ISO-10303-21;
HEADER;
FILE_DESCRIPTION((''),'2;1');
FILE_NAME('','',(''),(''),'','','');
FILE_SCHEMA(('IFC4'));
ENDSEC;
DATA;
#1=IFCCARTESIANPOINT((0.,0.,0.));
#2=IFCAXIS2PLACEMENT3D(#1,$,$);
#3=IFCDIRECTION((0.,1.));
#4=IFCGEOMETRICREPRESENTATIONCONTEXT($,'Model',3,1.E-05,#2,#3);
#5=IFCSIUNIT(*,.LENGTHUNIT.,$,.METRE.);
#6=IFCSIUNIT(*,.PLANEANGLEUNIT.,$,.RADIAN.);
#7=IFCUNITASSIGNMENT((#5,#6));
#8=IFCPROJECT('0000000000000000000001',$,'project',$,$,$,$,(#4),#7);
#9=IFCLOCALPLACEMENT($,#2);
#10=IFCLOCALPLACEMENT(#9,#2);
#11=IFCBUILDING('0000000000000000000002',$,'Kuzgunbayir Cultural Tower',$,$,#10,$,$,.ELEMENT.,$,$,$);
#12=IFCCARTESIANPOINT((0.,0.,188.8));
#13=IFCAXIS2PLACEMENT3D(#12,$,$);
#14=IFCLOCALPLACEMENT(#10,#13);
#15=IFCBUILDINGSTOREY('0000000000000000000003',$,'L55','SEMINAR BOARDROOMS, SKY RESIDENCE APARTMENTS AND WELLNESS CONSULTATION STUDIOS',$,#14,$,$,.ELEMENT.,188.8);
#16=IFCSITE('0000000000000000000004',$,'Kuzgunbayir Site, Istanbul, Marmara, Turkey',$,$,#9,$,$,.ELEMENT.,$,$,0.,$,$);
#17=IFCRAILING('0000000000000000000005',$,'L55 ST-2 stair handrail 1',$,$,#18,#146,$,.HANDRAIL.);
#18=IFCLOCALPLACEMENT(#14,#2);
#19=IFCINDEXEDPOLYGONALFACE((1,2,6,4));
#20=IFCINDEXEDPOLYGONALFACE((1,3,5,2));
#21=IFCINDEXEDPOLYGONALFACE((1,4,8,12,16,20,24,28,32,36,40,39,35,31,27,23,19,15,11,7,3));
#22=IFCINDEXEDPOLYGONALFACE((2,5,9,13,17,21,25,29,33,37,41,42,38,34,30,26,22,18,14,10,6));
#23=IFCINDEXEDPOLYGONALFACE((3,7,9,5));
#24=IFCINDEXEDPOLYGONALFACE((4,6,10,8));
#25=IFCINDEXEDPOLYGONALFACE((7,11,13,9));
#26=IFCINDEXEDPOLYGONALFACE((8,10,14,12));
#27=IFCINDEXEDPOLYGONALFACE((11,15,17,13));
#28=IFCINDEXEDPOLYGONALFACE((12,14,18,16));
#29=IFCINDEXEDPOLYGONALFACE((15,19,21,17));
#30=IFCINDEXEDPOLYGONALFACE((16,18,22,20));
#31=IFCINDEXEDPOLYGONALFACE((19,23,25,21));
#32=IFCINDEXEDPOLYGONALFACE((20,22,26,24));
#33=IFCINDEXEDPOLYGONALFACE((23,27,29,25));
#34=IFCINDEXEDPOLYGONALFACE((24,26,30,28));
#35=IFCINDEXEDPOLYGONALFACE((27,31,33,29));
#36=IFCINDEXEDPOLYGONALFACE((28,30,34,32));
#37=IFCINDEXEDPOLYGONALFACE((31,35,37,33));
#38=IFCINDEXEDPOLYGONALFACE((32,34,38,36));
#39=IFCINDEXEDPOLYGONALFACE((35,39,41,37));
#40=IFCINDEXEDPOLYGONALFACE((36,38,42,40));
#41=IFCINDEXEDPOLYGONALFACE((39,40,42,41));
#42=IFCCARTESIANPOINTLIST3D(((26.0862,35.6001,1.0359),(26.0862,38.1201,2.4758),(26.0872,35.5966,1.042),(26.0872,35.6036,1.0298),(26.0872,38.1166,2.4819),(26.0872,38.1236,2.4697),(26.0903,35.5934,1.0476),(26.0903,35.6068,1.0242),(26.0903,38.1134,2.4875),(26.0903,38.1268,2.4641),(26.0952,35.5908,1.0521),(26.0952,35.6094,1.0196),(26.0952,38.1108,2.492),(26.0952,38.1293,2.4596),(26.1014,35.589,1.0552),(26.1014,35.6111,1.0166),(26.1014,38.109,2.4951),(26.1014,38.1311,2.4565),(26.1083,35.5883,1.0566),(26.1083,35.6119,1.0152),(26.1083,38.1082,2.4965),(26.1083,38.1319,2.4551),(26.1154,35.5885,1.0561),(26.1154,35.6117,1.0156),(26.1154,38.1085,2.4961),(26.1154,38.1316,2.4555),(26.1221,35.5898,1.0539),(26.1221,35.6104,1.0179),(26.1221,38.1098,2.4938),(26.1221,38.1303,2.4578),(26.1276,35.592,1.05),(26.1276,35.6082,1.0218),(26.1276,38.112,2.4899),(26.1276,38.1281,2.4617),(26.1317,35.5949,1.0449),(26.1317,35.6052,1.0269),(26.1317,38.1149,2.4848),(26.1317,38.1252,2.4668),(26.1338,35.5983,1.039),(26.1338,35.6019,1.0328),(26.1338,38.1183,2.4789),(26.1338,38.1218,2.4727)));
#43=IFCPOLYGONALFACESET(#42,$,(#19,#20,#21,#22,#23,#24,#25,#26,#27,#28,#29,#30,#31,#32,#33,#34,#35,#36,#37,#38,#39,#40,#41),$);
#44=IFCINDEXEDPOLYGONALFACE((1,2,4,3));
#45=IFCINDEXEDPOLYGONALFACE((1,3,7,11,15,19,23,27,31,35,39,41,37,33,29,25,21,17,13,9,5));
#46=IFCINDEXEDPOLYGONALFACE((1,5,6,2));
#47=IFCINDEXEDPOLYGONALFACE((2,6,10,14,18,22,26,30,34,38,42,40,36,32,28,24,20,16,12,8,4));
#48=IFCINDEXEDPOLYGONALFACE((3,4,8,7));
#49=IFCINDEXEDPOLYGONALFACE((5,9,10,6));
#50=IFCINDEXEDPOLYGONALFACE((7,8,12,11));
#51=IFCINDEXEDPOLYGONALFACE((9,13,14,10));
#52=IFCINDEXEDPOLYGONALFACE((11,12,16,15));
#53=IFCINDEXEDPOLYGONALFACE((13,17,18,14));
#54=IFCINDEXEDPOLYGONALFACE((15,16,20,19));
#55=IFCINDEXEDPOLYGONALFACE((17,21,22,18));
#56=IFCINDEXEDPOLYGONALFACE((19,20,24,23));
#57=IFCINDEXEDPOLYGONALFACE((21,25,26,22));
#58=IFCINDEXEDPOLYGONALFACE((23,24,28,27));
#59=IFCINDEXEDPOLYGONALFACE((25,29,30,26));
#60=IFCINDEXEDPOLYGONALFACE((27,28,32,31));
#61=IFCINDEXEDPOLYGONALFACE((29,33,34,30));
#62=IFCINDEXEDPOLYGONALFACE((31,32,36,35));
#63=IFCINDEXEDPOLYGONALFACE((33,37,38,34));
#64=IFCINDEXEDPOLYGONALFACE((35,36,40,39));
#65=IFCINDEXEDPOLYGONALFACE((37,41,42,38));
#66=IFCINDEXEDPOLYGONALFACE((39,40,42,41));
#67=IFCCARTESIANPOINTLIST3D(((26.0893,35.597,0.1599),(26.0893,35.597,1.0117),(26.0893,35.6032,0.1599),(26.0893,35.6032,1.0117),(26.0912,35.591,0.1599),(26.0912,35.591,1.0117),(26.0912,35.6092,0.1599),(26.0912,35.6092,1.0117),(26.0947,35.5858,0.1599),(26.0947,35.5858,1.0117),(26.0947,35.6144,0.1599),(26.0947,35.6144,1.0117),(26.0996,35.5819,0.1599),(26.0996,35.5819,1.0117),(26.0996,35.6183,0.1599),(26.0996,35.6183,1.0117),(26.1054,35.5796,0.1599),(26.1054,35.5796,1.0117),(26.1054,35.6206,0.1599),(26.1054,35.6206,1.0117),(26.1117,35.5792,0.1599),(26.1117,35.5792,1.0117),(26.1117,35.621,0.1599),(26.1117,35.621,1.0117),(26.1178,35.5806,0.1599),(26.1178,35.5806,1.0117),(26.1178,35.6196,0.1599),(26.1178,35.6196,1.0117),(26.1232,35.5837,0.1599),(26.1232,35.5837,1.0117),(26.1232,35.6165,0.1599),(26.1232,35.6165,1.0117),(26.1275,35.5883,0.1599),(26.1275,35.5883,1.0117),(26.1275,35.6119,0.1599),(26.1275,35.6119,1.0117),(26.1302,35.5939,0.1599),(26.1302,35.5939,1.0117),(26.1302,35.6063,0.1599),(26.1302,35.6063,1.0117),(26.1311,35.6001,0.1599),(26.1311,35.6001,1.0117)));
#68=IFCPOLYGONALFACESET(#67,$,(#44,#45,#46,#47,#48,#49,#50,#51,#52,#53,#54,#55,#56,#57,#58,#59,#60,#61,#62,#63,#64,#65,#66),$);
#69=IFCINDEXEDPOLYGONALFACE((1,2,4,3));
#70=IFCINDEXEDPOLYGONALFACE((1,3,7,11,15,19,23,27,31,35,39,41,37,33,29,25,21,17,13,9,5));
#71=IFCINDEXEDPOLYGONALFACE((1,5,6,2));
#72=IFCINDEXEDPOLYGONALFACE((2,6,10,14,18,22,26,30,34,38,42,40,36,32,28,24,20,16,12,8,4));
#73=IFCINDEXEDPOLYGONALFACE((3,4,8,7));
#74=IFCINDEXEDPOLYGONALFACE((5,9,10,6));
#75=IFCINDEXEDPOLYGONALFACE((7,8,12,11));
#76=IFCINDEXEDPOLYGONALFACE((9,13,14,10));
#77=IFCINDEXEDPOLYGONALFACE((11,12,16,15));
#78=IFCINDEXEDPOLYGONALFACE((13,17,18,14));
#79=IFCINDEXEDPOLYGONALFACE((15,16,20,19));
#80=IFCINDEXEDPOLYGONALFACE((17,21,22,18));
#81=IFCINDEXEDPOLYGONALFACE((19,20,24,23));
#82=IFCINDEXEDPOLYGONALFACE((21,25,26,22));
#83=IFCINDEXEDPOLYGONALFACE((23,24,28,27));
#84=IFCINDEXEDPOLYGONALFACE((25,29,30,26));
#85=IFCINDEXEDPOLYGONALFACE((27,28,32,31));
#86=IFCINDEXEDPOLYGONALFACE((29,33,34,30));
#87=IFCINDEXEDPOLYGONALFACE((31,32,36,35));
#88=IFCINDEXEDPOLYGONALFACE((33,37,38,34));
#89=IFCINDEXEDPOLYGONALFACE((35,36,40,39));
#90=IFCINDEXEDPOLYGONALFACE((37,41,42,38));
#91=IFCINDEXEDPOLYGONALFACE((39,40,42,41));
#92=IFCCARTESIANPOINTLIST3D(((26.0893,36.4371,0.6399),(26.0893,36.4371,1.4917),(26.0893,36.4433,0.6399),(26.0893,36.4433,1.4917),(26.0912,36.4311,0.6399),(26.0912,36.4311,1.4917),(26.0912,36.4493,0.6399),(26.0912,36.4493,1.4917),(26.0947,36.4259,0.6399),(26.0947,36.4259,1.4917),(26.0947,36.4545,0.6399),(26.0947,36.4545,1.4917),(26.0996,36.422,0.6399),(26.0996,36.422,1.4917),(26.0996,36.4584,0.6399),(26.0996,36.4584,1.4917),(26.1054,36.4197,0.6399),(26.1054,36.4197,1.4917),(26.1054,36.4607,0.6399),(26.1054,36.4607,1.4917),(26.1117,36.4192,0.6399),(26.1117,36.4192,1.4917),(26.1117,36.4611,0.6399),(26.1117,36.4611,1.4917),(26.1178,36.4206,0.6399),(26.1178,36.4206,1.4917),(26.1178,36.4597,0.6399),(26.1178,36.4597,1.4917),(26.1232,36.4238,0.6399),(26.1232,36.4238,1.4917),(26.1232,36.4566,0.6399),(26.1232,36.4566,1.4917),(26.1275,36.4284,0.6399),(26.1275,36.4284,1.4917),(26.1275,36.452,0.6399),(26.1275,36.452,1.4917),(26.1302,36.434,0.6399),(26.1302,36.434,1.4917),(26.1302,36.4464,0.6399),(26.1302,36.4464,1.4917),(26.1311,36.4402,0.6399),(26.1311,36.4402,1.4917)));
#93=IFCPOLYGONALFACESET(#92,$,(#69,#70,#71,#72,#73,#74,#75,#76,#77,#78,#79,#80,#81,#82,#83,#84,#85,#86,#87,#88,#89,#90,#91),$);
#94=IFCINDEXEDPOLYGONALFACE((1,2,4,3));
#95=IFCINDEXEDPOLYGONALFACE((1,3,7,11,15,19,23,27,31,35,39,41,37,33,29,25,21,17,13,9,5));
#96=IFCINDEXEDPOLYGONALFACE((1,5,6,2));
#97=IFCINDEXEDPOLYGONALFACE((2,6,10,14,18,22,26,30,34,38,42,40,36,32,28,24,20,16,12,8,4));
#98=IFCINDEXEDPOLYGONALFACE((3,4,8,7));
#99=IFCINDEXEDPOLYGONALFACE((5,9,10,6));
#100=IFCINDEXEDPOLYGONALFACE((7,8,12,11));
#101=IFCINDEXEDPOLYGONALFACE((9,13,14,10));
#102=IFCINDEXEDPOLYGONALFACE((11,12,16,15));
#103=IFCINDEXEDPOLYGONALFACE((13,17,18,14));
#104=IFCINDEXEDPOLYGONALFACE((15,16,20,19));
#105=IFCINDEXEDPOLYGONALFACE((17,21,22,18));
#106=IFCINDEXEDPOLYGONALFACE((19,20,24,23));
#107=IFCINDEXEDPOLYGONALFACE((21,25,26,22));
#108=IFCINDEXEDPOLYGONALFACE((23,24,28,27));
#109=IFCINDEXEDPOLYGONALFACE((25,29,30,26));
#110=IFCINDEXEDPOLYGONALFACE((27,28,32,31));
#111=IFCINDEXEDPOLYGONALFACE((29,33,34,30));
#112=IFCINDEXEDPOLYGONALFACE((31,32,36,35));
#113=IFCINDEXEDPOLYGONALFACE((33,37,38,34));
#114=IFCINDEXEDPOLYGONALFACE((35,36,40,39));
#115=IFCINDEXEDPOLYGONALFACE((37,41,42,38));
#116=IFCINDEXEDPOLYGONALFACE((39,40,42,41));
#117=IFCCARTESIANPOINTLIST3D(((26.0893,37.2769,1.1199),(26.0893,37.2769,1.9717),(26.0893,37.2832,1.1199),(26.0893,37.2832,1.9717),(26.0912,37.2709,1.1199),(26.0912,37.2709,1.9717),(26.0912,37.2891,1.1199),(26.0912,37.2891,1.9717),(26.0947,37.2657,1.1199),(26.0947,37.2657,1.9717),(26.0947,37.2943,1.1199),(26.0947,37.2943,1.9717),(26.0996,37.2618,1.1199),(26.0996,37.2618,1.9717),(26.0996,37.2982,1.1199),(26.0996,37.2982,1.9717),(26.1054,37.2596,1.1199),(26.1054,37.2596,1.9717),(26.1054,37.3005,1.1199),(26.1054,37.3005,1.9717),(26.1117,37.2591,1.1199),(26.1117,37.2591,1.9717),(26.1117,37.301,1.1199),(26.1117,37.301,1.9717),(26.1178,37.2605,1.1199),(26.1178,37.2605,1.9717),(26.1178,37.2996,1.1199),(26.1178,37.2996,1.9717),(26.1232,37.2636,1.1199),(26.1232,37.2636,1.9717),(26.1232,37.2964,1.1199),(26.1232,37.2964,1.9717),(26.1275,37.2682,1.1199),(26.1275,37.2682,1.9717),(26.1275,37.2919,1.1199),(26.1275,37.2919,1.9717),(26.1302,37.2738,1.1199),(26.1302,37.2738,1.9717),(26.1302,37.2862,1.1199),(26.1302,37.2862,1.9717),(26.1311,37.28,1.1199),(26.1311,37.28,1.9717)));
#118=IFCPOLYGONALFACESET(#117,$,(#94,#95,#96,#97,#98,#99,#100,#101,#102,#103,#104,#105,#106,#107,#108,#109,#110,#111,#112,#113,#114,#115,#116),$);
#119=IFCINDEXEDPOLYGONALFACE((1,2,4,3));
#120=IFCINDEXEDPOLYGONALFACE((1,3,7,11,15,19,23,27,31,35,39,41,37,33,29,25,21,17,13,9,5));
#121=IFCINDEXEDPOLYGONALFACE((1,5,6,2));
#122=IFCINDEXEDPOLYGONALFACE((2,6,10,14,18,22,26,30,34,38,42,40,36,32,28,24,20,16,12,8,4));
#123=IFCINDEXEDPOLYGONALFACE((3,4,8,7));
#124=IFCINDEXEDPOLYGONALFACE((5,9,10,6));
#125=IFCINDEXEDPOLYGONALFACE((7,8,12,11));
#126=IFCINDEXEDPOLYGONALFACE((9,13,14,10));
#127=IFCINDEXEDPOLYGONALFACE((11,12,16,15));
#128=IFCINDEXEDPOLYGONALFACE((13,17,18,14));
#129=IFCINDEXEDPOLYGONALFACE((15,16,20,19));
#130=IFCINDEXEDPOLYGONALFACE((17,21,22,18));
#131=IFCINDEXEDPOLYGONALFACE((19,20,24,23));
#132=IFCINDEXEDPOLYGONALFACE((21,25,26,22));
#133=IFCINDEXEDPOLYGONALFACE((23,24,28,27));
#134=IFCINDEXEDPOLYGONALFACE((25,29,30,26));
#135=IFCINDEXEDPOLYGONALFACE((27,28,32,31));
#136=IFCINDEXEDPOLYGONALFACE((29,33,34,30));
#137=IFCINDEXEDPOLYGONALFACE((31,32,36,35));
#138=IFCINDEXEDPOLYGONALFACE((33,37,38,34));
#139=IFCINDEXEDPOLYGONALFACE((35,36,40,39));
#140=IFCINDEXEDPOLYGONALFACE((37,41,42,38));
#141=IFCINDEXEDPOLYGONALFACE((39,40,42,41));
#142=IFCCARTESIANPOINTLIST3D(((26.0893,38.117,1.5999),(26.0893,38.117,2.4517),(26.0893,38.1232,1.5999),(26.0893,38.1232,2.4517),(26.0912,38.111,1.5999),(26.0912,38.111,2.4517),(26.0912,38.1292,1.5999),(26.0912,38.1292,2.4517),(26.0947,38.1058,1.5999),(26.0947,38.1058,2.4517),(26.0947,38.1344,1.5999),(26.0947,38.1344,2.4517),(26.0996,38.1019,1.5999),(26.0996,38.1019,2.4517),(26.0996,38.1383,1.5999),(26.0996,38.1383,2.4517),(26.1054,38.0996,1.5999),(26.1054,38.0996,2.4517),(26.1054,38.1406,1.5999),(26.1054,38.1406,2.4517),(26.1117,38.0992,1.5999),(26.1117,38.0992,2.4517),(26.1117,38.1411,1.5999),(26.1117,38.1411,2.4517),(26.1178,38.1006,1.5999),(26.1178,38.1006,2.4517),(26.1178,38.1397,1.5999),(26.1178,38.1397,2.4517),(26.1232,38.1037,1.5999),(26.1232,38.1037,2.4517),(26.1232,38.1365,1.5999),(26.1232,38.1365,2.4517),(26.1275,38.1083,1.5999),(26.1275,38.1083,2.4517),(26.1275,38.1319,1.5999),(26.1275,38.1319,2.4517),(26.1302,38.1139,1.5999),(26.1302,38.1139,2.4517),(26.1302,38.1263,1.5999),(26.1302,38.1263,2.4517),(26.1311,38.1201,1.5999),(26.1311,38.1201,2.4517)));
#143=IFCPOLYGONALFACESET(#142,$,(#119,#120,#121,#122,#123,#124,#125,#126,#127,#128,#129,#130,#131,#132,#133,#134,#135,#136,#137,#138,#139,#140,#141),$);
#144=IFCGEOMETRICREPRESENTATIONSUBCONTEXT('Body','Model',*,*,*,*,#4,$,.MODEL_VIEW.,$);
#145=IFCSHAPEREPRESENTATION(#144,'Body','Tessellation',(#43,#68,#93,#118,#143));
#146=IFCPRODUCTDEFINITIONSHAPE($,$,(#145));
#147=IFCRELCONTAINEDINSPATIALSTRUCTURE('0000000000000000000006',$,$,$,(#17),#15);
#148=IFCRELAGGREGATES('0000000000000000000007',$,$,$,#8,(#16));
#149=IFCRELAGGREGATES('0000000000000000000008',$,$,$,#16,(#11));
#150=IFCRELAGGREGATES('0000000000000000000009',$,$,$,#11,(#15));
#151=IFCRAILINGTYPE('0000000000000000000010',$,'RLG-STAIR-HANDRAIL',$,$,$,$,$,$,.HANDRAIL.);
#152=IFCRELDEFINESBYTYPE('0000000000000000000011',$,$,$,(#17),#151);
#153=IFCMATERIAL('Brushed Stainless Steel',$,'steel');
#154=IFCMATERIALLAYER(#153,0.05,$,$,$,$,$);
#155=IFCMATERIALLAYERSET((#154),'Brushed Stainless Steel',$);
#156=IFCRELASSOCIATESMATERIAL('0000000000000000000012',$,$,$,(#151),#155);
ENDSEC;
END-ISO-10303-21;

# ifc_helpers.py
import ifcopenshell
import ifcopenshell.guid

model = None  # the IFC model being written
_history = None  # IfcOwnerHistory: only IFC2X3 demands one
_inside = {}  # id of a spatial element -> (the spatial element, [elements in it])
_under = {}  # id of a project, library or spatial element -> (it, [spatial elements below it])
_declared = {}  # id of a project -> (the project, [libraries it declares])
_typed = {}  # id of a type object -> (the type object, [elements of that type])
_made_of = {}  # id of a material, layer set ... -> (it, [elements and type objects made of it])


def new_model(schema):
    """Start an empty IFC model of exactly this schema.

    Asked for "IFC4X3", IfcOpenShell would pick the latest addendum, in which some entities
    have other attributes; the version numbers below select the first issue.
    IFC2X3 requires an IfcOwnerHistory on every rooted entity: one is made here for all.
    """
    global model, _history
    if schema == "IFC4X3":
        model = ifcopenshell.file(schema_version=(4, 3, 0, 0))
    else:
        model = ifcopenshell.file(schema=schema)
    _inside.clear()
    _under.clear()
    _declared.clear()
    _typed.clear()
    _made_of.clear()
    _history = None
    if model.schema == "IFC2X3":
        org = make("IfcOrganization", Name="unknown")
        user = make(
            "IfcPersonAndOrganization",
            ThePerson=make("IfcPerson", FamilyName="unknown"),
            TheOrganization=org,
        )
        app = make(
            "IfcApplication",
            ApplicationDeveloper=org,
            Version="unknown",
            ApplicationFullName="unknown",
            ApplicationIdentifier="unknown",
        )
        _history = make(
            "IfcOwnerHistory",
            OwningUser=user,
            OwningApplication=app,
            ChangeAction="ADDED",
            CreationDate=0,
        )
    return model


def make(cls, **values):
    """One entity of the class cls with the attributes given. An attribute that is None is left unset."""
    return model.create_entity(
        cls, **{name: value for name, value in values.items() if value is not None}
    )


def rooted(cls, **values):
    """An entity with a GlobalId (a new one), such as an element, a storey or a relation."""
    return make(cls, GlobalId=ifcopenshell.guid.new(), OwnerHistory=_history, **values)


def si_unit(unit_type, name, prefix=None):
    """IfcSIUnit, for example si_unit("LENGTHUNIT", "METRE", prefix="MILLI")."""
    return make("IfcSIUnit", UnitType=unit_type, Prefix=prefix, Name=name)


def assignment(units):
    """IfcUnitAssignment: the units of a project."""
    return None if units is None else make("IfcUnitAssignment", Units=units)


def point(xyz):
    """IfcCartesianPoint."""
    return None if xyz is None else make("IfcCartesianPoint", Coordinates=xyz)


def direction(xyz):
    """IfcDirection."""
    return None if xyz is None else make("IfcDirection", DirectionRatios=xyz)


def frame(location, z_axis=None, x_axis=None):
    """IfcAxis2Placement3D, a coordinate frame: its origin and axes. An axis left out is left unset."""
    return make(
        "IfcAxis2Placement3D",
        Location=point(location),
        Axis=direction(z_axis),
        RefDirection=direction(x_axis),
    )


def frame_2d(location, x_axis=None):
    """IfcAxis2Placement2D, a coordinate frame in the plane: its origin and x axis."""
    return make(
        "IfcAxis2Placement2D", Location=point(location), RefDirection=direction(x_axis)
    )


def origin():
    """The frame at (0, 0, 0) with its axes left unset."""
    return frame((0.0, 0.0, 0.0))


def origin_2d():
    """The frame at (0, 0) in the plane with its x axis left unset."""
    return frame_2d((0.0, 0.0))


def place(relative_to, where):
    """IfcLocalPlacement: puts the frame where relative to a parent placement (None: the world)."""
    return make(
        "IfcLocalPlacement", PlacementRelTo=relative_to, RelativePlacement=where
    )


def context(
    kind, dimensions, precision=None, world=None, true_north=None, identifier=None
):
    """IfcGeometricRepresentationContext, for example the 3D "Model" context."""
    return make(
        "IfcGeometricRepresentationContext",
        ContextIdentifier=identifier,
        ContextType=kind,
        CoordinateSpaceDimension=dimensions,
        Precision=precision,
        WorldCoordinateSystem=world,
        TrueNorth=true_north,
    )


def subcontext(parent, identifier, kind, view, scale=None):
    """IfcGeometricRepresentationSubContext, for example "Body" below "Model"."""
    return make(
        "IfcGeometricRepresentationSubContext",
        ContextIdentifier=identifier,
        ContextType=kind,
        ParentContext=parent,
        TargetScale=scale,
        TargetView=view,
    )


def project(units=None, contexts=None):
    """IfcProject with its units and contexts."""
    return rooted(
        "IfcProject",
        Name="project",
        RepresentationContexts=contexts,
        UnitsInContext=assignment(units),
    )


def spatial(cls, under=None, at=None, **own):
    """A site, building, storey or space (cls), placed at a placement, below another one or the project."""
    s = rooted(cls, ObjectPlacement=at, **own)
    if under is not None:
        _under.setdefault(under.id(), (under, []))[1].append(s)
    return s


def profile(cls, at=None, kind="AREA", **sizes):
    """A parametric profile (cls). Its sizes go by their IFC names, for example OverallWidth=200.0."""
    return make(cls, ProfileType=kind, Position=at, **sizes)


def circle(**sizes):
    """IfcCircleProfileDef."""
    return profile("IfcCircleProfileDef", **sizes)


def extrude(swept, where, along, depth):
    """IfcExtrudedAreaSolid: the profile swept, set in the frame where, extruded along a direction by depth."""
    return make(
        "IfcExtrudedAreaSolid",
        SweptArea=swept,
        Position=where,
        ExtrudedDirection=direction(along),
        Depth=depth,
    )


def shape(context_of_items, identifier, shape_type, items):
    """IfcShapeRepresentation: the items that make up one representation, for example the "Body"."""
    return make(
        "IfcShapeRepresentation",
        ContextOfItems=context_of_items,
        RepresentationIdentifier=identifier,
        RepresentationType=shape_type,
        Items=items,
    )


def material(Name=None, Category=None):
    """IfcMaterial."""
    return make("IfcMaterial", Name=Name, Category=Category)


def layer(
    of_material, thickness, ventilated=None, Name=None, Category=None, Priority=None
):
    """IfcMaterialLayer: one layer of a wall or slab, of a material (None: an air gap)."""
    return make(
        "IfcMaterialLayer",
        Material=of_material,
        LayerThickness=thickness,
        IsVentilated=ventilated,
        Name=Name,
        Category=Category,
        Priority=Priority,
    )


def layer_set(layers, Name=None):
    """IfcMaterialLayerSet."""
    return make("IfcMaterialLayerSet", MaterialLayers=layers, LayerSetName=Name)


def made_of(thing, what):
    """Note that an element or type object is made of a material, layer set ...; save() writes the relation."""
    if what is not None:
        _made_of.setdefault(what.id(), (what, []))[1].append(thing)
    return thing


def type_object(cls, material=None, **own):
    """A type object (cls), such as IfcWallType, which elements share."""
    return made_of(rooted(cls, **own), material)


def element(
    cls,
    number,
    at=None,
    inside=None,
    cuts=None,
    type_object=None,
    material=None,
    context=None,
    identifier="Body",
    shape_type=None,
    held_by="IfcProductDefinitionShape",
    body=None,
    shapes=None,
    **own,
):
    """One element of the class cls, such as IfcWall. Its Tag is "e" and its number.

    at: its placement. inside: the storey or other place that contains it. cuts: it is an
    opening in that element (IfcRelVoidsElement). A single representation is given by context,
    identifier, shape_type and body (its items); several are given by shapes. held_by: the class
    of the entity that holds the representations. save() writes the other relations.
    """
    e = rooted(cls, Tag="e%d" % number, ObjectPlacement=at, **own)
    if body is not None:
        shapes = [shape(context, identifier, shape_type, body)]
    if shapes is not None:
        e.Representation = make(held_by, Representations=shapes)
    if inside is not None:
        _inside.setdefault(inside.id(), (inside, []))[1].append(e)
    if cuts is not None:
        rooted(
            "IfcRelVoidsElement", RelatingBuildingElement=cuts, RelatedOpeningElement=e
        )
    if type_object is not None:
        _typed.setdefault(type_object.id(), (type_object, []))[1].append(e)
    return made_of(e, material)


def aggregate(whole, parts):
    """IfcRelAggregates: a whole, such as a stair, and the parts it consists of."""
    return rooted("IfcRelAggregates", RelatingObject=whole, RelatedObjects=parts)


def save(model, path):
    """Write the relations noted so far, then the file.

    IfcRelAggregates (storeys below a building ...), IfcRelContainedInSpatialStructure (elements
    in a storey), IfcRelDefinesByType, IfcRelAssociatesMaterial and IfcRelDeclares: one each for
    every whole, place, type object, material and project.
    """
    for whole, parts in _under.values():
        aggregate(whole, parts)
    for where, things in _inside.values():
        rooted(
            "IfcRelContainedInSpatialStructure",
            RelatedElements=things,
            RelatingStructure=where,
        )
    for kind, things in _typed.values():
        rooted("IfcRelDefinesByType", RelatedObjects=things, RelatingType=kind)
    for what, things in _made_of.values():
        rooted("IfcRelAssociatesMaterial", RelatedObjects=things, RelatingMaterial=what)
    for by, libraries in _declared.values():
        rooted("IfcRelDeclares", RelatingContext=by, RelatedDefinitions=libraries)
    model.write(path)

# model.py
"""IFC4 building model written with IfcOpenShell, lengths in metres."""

from ifc_helpers import new_model, si_unit, direction, frame, origin, origin_2d, place, context, subcontext, project, spatial, circle, extrude, material, layer, layer_set, type_object, element, save


model = new_model("IFC4")

# Units and contexts
model_context = context("Model", 3, precision=1e-05, world=origin(), true_north=direction((0.0, 1.0)))
body_context = subcontext(model_context, "Body", "Model", "MODEL_VIEW")
ifc_project = project(units=[si_unit("LENGTHUNIT", "METRE"), si_unit("PLANEANGLEUNIT", "RADIAN")], contexts=[model_context])

# Site, building, storey
site_placement = place(None, origin())
site = spatial("IfcSite", under=ifc_project, at=site_placement, Name="Kuzgunbayir Site, Istanbul, Marmara, Turkey", CompositionType="ELEMENT", RefElevation=0.0)
building_placement = place(site_placement, origin())
building = spatial("IfcBuilding", under=site, at=building_placement, Name="Kuzgunbayir Cultural Tower", CompositionType="ELEMENT")
storey_placement = place(building_placement, frame((0.0, 0.0, 188.8)))
storey = spatial("IfcBuildingStorey", under=building, at=storey_placement, Name="L55", Description="SEMINAR BOARDROOMS, SKY RESIDENCE APARTMENTS AND WELLNESS CONSULTATION STUDIOS", CompositionType="ELEMENT", Elevation=188.8)

# Shared definitions
ifc_material_1 = material(Name="Brushed Stainless Steel", Category="steel")

# Railing
ifc_layer_1 = layer(ifc_material_1, 0.05)
ifc_layer_set_1 = layer_set([ifc_layer_1], Name="Brushed Stainless Steel")
railing_type_1 = type_object("IfcRailingType", Name="RLG-STAIR-HANDRAIL", PredefinedType="HANDRAIL", material=ifc_layer_set_1)
railing_1_placement = place(storey_placement, frame((26.1101, 35.6001, 0.1599)))
element("IfcRailing", 1, at=railing_1_placement, inside=storey, type_object=railing_type_1, Name="L55 ST-2 stair handrail 1", PredefinedType="HANDRAIL", context=body_context, shape_type="SweptSolid", body=[
    extrude(circle(Radius=0.0239, at=origin_2d()), frame((0.0, 0.0, 0.876), z_axis=(0.0, 0.868253, 0.496121), x_axis=(-1.0, 0.0, 0.0)), (0.0, 0.0, 1.0), 2.9023),
    extrude(circle(Radius=0.021, at=origin_2d()), origin(), (0.0, 0.0, 1.0), 0.8518),
    extrude(circle(Radius=0.021, at=origin_2d()), frame((0.0, 0.8401, 0.48)), (0.0, 0.0, 1.0), 0.8518),
    extrude(circle(Radius=0.021, at=origin_2d()), frame((0.0, 1.6799, 0.96)), (0.0, 0.0, 1.0), 0.8518),
    extrude(circle(Radius=0.021, at=origin_2d()), frame((0.0, 2.52, 1.4399)), (0.0, 0.0, 1.0), 0.8518),
])

save(model, "model.ifc")
